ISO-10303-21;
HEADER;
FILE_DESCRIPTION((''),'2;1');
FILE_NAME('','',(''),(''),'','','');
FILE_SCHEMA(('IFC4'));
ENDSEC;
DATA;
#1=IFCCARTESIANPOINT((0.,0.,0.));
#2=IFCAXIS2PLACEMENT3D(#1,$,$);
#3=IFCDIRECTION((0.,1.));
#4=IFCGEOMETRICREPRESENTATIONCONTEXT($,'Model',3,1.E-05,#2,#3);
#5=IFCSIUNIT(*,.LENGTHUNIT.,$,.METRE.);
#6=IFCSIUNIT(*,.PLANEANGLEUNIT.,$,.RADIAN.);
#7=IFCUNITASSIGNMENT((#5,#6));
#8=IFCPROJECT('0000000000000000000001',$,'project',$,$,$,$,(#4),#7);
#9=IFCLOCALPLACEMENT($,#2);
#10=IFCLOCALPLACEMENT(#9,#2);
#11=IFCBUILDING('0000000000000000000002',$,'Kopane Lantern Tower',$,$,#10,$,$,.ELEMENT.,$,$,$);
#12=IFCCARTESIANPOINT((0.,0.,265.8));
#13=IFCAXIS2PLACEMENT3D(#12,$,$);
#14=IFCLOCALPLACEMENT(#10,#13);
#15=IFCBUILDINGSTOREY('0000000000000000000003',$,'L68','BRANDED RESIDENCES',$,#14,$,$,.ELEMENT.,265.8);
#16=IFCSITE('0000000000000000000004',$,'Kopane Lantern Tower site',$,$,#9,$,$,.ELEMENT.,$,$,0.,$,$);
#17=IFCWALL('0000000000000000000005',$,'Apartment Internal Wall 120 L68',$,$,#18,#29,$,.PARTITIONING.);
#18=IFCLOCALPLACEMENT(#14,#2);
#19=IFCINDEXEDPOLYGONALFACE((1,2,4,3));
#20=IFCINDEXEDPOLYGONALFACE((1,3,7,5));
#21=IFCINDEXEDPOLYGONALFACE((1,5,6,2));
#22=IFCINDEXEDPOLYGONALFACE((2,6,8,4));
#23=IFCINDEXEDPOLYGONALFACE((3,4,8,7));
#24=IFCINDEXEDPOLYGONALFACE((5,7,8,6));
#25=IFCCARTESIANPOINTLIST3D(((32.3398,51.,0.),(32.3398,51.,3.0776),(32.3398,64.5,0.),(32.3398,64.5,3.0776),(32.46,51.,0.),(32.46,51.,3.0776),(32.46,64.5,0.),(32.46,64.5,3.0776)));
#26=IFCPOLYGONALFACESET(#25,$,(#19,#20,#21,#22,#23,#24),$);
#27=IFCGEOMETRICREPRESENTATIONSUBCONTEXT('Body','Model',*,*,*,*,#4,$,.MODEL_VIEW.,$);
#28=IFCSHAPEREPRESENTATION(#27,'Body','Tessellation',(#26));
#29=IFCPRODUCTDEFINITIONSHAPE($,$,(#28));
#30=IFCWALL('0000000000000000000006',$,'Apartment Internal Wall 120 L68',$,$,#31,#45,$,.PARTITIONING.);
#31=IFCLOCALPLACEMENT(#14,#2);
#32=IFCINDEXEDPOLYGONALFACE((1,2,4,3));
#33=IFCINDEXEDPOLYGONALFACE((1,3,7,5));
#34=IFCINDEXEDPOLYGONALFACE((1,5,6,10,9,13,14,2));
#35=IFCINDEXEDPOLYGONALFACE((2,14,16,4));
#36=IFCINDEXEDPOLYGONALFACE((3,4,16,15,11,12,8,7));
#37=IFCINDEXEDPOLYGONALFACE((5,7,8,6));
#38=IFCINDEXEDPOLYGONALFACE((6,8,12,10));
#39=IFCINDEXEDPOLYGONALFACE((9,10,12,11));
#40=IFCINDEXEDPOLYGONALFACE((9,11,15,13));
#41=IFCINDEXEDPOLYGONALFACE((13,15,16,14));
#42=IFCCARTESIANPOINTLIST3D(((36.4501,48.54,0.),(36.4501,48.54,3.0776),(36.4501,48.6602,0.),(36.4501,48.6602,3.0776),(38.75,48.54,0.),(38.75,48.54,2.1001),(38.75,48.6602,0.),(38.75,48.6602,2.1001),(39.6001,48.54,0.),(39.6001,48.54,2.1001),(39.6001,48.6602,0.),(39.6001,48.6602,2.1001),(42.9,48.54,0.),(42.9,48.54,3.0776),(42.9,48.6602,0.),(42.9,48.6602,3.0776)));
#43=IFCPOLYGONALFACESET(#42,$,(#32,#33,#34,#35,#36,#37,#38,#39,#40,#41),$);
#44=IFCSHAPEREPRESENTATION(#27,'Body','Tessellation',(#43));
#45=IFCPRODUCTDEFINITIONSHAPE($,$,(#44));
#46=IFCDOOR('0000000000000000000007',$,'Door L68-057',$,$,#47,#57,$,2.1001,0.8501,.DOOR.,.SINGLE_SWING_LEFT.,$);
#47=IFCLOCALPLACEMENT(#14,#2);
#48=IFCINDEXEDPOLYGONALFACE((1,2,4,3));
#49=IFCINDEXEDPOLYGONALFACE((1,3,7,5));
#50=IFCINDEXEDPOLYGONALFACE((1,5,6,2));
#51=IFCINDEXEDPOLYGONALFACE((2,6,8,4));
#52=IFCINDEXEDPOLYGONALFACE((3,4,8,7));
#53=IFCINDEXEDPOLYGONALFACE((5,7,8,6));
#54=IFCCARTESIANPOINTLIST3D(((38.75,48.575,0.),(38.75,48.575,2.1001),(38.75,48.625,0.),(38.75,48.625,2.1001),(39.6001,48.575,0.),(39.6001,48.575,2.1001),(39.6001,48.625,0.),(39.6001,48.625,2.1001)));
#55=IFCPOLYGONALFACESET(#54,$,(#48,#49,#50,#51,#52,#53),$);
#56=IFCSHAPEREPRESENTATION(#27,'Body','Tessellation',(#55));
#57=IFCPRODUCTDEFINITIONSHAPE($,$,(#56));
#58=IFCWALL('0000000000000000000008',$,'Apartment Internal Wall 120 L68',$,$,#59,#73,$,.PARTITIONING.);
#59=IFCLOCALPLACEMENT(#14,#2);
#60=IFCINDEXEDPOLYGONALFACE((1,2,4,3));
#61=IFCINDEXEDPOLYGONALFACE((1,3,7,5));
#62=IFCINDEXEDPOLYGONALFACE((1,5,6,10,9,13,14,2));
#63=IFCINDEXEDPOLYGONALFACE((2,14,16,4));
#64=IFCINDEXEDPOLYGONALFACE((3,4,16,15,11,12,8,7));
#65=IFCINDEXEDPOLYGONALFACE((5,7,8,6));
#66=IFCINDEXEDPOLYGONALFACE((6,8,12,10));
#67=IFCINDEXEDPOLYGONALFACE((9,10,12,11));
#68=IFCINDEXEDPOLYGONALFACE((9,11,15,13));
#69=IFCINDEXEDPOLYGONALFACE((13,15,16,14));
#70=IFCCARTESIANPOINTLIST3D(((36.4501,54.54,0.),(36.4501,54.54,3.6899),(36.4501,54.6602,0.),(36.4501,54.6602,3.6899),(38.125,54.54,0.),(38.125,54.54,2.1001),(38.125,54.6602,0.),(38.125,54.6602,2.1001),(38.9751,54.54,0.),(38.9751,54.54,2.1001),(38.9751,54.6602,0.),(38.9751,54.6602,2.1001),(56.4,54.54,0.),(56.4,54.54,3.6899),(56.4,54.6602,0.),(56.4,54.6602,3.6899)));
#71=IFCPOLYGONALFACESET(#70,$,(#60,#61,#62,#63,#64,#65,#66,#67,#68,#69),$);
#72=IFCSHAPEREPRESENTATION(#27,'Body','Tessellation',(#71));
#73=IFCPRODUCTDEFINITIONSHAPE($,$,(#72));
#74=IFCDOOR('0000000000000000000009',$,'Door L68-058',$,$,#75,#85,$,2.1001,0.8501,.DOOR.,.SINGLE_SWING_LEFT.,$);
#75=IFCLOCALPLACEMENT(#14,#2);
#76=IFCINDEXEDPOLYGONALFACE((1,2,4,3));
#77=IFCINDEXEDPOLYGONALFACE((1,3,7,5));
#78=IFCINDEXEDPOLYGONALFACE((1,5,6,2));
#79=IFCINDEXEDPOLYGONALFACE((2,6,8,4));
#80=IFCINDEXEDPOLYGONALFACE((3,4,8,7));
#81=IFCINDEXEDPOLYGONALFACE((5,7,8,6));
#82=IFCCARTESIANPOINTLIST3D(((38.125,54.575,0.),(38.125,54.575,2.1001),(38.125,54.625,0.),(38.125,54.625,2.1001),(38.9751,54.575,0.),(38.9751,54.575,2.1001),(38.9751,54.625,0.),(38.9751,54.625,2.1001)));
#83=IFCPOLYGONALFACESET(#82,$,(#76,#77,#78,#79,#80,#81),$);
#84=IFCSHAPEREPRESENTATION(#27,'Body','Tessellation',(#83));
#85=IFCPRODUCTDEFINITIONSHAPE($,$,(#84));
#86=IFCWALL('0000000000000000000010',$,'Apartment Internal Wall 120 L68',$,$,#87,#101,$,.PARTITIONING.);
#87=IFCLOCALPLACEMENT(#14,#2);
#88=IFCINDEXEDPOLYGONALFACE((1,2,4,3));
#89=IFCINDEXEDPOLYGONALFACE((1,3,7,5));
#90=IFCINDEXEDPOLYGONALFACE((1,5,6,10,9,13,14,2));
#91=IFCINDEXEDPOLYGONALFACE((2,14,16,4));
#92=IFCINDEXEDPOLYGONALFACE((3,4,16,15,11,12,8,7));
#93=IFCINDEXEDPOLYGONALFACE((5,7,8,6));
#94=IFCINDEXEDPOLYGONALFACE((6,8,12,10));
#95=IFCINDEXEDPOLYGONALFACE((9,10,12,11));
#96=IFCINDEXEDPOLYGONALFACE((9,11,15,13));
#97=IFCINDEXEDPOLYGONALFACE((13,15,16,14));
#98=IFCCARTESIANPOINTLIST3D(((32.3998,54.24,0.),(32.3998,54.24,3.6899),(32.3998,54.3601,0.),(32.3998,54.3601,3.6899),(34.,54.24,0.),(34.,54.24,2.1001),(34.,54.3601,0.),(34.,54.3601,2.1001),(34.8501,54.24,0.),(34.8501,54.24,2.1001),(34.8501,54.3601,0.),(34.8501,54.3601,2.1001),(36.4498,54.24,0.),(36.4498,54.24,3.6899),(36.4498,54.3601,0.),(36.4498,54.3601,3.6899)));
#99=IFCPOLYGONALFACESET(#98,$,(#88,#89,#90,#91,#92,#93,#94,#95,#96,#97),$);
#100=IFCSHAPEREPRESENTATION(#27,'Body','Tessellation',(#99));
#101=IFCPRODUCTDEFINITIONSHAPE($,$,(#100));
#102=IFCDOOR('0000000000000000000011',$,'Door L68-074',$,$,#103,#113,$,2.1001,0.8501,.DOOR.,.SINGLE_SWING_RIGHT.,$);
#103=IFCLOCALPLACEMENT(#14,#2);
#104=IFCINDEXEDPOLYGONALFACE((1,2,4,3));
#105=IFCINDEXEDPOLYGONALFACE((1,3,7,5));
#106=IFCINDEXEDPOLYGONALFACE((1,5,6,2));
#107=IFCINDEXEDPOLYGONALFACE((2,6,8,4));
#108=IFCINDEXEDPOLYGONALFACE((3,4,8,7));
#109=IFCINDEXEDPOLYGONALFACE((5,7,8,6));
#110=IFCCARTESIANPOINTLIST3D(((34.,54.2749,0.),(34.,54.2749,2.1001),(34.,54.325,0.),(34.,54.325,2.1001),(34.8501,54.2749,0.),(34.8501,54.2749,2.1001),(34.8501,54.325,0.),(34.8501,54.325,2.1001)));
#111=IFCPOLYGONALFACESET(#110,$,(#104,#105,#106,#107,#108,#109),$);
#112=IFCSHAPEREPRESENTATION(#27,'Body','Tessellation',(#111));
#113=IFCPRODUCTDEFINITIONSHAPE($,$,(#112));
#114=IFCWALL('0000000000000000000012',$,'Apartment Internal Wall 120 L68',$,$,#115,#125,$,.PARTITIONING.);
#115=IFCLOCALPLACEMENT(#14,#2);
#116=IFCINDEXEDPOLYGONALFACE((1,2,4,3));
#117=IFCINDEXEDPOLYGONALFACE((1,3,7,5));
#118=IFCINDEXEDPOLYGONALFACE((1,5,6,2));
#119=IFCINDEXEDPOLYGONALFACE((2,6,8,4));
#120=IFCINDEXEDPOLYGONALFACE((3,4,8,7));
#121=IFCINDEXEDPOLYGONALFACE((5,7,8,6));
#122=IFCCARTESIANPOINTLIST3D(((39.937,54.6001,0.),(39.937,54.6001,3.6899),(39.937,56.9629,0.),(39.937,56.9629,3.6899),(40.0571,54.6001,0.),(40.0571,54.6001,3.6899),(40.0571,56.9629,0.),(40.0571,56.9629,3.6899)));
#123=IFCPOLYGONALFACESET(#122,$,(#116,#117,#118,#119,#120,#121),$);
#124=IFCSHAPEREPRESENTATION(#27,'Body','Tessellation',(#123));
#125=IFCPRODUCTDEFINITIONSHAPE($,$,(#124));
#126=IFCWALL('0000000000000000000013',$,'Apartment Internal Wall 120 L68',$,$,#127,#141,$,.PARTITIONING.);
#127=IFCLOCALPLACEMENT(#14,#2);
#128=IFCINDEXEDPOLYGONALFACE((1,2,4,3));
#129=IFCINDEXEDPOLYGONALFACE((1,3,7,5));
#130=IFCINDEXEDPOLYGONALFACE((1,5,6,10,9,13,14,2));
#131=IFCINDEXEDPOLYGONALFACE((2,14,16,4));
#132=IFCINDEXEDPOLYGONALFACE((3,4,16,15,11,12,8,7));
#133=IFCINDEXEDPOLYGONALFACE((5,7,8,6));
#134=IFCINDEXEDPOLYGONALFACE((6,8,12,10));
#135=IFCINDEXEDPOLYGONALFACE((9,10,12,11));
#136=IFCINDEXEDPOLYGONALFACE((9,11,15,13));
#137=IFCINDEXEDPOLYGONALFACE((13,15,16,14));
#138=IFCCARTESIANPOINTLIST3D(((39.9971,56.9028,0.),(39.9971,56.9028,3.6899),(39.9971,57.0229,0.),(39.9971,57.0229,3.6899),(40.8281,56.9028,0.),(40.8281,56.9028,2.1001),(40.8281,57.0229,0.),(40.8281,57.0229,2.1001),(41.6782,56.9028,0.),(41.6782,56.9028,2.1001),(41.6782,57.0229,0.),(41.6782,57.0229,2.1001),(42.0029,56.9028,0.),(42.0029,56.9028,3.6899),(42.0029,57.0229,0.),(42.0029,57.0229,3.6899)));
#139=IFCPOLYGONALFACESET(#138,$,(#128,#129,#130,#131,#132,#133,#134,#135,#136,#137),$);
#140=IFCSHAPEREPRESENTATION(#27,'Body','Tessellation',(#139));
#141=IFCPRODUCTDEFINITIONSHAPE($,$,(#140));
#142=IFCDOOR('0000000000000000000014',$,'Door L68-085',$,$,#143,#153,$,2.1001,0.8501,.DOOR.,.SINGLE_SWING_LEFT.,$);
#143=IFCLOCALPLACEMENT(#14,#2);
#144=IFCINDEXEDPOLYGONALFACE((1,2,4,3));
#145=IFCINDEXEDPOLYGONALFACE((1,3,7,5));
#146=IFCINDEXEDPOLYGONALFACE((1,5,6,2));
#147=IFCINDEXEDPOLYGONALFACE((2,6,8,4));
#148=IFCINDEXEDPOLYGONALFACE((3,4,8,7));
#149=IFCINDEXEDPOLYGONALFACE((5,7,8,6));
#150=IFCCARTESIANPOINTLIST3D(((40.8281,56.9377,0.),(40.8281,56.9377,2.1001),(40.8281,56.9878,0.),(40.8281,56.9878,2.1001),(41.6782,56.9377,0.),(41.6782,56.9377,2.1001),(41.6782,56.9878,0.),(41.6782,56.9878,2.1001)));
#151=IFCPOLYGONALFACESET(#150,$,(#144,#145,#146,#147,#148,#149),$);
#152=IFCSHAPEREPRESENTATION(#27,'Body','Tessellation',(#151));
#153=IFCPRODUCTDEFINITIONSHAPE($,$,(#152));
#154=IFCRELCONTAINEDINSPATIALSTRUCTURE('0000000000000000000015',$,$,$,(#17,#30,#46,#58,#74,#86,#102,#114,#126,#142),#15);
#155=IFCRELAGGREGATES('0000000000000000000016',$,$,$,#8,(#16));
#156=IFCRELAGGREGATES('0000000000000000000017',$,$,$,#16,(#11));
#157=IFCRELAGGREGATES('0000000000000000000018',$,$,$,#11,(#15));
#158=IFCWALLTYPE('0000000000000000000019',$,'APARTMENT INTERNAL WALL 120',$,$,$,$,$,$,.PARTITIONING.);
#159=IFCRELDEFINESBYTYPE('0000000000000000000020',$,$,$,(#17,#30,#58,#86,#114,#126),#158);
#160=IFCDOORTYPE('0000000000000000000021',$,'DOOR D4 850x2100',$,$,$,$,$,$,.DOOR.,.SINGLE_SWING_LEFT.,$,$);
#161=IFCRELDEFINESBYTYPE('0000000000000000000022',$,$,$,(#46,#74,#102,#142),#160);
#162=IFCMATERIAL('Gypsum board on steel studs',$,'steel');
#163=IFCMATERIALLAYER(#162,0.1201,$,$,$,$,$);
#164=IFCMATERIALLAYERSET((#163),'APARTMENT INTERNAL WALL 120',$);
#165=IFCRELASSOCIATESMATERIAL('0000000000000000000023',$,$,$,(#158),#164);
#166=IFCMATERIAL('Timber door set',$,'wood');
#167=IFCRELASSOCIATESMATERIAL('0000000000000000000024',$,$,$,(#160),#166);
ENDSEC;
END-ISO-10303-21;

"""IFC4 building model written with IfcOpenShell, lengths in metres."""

from ifc_helpers import new_model, si_unit, direction, frame, frame_2d, origin, place, context, subcontext, project, spatial, rectangle, extrude, material, layer, layer_set, type_object, element, fill, save


model = new_model("IFC4")

# Units and contexts
model_context = context("Model", 3, precision=1e-05, world=origin(), true_north=direction((0.0, 1.0)))
body_context = subcontext(model_context, "Body", "Model", "MODEL_VIEW")
ifc_project = project(units=[si_unit("LENGTHUNIT", "METRE"), si_unit("PLANEANGLEUNIT", "RADIAN")], contexts=[model_context])

# Site, building, storey
site_placement = place(None, origin())
site = spatial("IfcSite", under=ifc_project, at=site_placement, Name="Kopane Lantern Tower site", CompositionType="ELEMENT", RefElevation=0.0)
building_placement = place(site_placement, origin())
building = spatial("IfcBuilding", under=site, at=building_placement, Name="Kopane Lantern Tower", CompositionType="ELEMENT")
storey_placement = place(building_placement, frame((0.0, 0.0, 265.8)))
storey = spatial("IfcBuildingStorey", under=building, at=storey_placement, Name="L68", Description="BRANDED RESIDENCES", CompositionType="ELEMENT", Elevation=265.8)

# Wall
ifc_material_1 = material(Name="Gypsum board on steel studs", Category="steel")
ifc_layer_1 = layer(ifc_material_1, 0.1201)
ifc_layer_set_1 = layer_set([ifc_layer_1], Name="APARTMENT INTERNAL WALL 120")
wall_type_1 = type_object("IfcWallType", Name="APARTMENT INTERNAL WALL 120", PredefinedType="PARTITIONING", material=ifc_layer_set_1)
wall_1_placement = place(storey_placement, frame((32.3999, 51.0, 0.0), z_axis=(0.0, 0.0, 1.0), x_axis=(0.0, 1.0, 0.0)))
element("IfcWall", 1, at=wall_1_placement, inside=storey, type_object=wall_type_1, Name="Apartment Internal Wall 120 L68", PredefinedType="PARTITIONING", context=body_context, shape_type="SweptSolid", body=[
    extrude(rectangle(XDim=13.5, YDim=0.1201, at=frame_2d((6.75, 0.0))), origin(), (0.0, 0.0, 1.0), 3.0776),
])

# Walls, openings, doors
wall_2_placement = place(storey_placement, frame((36.45, 48.6001, 0.0), z_axis=(0.0, 0.0, 1.0), x_axis=(1.0, 0.0, 0.0)))
wall_2 = element("IfcWall", 2, at=wall_2_placement, inside=storey, type_object=wall_type_1, Name="Apartment Internal Wall 120 L68", PredefinedType="PARTITIONING", context=body_context, shape_type="SweptSolid", body=[
    extrude(rectangle(XDim=6.45, YDim=0.1201, at=frame_2d((3.2251, 0.0))), origin(), (0.0, 0.0, 1.0), 3.0776),
])
opening_1_placement = place(wall_2_placement, frame((2.3, 0.0, 0.0)))
opening_1 = element("IfcOpeningElement", 3, at=opening_1_placement, cuts=wall_2, PredefinedType="OPENING", context=body_context, shape_type="SweptSolid", body=[
    extrude(rectangle(XDim=0.8501, YDim=2.1001, at=frame_2d((0.425, 1.05))), frame((0.0, 0.0701, 0.0), z_axis=(0.0, -1.0, 0.0), x_axis=(1.0, 0.0, 0.0)), (0.0, 0.0, 1.0), 0.1401),
])
ifc_material_2 = material(Name="Timber door set", Category="wood")
door_type_1 = type_object("IfcDoorType", Name="DOOR D4 850x2100", OperationType="SINGLE_SWING_LEFT", PredefinedType="DOOR", material=ifc_material_2)
door_1_placement = place(opening_1_placement, origin())
door_1 = element("IfcDoor", 4, at=door_1_placement, inside=storey, type_object=door_type_1, Name="Door L68-057", OperationType="SINGLE_SWING_LEFT", OverallHeight=2.1001, OverallWidth=0.8501, PredefinedType="DOOR", context=body_context, shape_type="SweptSolid", body=[
    extrude(rectangle(XDim=0.8501, YDim=2.1001, at=frame_2d((0.425, 1.05))), frame((0.0, 0.0249, 0.0), z_axis=(0.0, -1.0, 0.0), x_axis=(1.0, 0.0, 0.0)), (0.0, 0.0, 1.0), 0.05),
])
fill(opening_1, door_1)
wall_3_placement = place(storey_placement, frame((36.45, 54.6001, 0.0), z_axis=(0.0, 0.0, 1.0), x_axis=(1.0, 0.0, 0.0)))
wall_3 = element("IfcWall", 5, at=wall_3_placement, inside=storey, type_object=wall_type_1, Name="Apartment Internal Wall 120 L68", PredefinedType="PARTITIONING", context=body_context, shape_type="SweptSolid", body=[
    extrude(rectangle(XDim=19.95, YDim=0.1201, at=frame_2d((9.9751, 0.0))), origin(), (0.0, 0.0, 1.0), 3.6899),
])
opening_2_placement = place(wall_3_placement, frame((1.675, 0.0, 0.0)))
opening_2 = element("IfcOpeningElement", 6, at=opening_2_placement, cuts=wall_3, PredefinedType="OPENING", context=body_context, shape_type="SweptSolid", body=[
    extrude(rectangle(XDim=0.8501, YDim=2.1001, at=frame_2d((0.425, 1.05))), frame((0.0, 0.0701, 0.0), z_axis=(0.0, -1.0, 0.0), x_axis=(1.0, 0.0, 0.0)), (0.0, 0.0, 1.0), 0.1401),
])
door_2_placement = place(opening_2_placement, origin())
door_2 = element("IfcDoor", 7, at=door_2_placement, inside=storey, type_object=door_type_1, Name="Door L68-058", OperationType="SINGLE_SWING_LEFT", OverallHeight=2.1001, OverallWidth=0.8501, PredefinedType="DOOR", context=body_context, shape_type="SweptSolid", body=[
    extrude(rectangle(XDim=0.8501, YDim=2.1001, at=frame_2d((0.425, 1.05))), frame((0.0, 0.0249, 0.0), z_axis=(0.0, -1.0, 0.0), x_axis=(1.0, 0.0, 0.0)), (0.0, 0.0, 1.0), 0.05),
])
fill(opening_2, door_2)
wall_4_placement = place(storey_placement, frame((32.3999, 54.3, 0.0), z_axis=(0.0, 0.0, 1.0), x_axis=(1.0, 0.0, 0.0)))
wall_4 = element("IfcWall", 8, at=wall_4_placement, inside=storey, type_object=wall_type_1, Name="Apartment Internal Wall 120 L68", PredefinedType="PARTITIONING", context=body_context, shape_type="SweptSolid", body=[
    extrude(rectangle(XDim=4.05, YDim=0.1201, at=frame_2d((2.0249, 0.0))), origin(), (0.0, 0.0, 1.0), 3.6899),
])
opening_3_placement = place(wall_4_placement, frame((1.6001, 0.0, 0.0)))
opening_3 = element("IfcOpeningElement", 9, at=opening_3_placement, cuts=wall_4, PredefinedType="OPENING", context=body_context, shape_type="SweptSolid", body=[
    extrude(rectangle(XDim=0.8501, YDim=2.1001, at=frame_2d((0.425, 1.05))), frame((0.0, 0.0701, 0.0), z_axis=(0.0, -1.0, 0.0), x_axis=(1.0, 0.0, 0.0)), (0.0, 0.0, 1.0), 0.1401),
])
door_3_placement = place(opening_3_placement, origin())
door_3 = element("IfcDoor", 10, at=door_3_placement, inside=storey, type_object=door_type_1, Name="Door L68-074", OperationType="SINGLE_SWING_RIGHT", OverallHeight=2.1001, OverallWidth=0.8501, PredefinedType="DOOR", context=body_context, shape_type="SweptSolid", body=[
    extrude(rectangle(XDim=0.8501, YDim=2.1001, at=frame_2d((0.425, 1.05))), frame((0.0, 0.0249, 0.0), z_axis=(0.0, -1.0, 0.0), x_axis=(1.0, 0.0, 0.0)), (0.0, 0.0, 1.0), 0.05),
])
fill(opening_3, door_3)

# Wall
wall_5_placement = place(storey_placement, frame((39.9971, 54.6001, 0.0), z_axis=(0.0, 0.0, 1.0), x_axis=(0.0, 1.0, 0.0)))
element("IfcWall", 11, at=wall_5_placement, inside=storey, type_object=wall_type_1, Name="Apartment Internal Wall 120 L68", PredefinedType="PARTITIONING", context=body_context, shape_type="SweptSolid", body=[
    extrude(rectangle(XDim=2.3628, YDim=0.1201, at=frame_2d((1.1814, 0.0))), origin(), (0.0, 0.0, 1.0), 3.6899),
])

# Wall, opening, door
wall_6_placement = place(storey_placement, frame((39.9971, 56.9629, 0.0), z_axis=(0.0, 0.0, 1.0), x_axis=(1.0, 0.0, 0.0)))
wall_6 = element("IfcWall", 12, at=wall_6_placement, inside=storey, type_object=wall_type_1, Name="Apartment Internal Wall 120 L68", PredefinedType="PARTITIONING", context=body_context, shape_type="SweptSolid", body=[
    extrude(rectangle(XDim=2.0059, YDim=0.1201, at=frame_2d((1.0029, 0.0))), origin(), (0.0, 0.0, 1.0), 3.6899),
])
opening_4_placement = place(wall_6_placement, frame((0.8311, 0.0, 0.0)))
opening_4 = element("IfcOpeningElement", 13, at=opening_4_placement, cuts=wall_6, PredefinedType="OPENING", context=body_context, shape_type="SweptSolid", body=[
    extrude(rectangle(XDim=0.8501, YDim=2.1001, at=frame_2d((0.425, 1.05))), frame((0.0, 0.0701, 0.0), z_axis=(0.0, -1.0, 0.0), x_axis=(1.0, 0.0, 0.0)), (0.0, 0.0, 1.0), 0.1401),
])
door_4_placement = place(opening_4_placement, origin())
door_4 = element("IfcDoor", 14, at=door_4_placement, inside=storey, type_object=door_type_1, Name="Door L68-085", OperationType="SINGLE_SWING_LEFT", OverallHeight=2.1001, OverallWidth=0.8501, PredefinedType="DOOR", context=body_context, shape_type="SweptSolid", body=[
    extrude(rectangle(XDim=0.8501, YDim=2.1001, at=frame_2d((0.425, 1.05))), frame((0.0, 0.0249, 0.0), z_axis=(0.0, -1.0, 0.0), x_axis=(1.0, 0.0, 0.0)), (0.0, 0.0, 1.0), 0.05),
])
fill(opening_4, door_4)

save(model, "model.ifc")
